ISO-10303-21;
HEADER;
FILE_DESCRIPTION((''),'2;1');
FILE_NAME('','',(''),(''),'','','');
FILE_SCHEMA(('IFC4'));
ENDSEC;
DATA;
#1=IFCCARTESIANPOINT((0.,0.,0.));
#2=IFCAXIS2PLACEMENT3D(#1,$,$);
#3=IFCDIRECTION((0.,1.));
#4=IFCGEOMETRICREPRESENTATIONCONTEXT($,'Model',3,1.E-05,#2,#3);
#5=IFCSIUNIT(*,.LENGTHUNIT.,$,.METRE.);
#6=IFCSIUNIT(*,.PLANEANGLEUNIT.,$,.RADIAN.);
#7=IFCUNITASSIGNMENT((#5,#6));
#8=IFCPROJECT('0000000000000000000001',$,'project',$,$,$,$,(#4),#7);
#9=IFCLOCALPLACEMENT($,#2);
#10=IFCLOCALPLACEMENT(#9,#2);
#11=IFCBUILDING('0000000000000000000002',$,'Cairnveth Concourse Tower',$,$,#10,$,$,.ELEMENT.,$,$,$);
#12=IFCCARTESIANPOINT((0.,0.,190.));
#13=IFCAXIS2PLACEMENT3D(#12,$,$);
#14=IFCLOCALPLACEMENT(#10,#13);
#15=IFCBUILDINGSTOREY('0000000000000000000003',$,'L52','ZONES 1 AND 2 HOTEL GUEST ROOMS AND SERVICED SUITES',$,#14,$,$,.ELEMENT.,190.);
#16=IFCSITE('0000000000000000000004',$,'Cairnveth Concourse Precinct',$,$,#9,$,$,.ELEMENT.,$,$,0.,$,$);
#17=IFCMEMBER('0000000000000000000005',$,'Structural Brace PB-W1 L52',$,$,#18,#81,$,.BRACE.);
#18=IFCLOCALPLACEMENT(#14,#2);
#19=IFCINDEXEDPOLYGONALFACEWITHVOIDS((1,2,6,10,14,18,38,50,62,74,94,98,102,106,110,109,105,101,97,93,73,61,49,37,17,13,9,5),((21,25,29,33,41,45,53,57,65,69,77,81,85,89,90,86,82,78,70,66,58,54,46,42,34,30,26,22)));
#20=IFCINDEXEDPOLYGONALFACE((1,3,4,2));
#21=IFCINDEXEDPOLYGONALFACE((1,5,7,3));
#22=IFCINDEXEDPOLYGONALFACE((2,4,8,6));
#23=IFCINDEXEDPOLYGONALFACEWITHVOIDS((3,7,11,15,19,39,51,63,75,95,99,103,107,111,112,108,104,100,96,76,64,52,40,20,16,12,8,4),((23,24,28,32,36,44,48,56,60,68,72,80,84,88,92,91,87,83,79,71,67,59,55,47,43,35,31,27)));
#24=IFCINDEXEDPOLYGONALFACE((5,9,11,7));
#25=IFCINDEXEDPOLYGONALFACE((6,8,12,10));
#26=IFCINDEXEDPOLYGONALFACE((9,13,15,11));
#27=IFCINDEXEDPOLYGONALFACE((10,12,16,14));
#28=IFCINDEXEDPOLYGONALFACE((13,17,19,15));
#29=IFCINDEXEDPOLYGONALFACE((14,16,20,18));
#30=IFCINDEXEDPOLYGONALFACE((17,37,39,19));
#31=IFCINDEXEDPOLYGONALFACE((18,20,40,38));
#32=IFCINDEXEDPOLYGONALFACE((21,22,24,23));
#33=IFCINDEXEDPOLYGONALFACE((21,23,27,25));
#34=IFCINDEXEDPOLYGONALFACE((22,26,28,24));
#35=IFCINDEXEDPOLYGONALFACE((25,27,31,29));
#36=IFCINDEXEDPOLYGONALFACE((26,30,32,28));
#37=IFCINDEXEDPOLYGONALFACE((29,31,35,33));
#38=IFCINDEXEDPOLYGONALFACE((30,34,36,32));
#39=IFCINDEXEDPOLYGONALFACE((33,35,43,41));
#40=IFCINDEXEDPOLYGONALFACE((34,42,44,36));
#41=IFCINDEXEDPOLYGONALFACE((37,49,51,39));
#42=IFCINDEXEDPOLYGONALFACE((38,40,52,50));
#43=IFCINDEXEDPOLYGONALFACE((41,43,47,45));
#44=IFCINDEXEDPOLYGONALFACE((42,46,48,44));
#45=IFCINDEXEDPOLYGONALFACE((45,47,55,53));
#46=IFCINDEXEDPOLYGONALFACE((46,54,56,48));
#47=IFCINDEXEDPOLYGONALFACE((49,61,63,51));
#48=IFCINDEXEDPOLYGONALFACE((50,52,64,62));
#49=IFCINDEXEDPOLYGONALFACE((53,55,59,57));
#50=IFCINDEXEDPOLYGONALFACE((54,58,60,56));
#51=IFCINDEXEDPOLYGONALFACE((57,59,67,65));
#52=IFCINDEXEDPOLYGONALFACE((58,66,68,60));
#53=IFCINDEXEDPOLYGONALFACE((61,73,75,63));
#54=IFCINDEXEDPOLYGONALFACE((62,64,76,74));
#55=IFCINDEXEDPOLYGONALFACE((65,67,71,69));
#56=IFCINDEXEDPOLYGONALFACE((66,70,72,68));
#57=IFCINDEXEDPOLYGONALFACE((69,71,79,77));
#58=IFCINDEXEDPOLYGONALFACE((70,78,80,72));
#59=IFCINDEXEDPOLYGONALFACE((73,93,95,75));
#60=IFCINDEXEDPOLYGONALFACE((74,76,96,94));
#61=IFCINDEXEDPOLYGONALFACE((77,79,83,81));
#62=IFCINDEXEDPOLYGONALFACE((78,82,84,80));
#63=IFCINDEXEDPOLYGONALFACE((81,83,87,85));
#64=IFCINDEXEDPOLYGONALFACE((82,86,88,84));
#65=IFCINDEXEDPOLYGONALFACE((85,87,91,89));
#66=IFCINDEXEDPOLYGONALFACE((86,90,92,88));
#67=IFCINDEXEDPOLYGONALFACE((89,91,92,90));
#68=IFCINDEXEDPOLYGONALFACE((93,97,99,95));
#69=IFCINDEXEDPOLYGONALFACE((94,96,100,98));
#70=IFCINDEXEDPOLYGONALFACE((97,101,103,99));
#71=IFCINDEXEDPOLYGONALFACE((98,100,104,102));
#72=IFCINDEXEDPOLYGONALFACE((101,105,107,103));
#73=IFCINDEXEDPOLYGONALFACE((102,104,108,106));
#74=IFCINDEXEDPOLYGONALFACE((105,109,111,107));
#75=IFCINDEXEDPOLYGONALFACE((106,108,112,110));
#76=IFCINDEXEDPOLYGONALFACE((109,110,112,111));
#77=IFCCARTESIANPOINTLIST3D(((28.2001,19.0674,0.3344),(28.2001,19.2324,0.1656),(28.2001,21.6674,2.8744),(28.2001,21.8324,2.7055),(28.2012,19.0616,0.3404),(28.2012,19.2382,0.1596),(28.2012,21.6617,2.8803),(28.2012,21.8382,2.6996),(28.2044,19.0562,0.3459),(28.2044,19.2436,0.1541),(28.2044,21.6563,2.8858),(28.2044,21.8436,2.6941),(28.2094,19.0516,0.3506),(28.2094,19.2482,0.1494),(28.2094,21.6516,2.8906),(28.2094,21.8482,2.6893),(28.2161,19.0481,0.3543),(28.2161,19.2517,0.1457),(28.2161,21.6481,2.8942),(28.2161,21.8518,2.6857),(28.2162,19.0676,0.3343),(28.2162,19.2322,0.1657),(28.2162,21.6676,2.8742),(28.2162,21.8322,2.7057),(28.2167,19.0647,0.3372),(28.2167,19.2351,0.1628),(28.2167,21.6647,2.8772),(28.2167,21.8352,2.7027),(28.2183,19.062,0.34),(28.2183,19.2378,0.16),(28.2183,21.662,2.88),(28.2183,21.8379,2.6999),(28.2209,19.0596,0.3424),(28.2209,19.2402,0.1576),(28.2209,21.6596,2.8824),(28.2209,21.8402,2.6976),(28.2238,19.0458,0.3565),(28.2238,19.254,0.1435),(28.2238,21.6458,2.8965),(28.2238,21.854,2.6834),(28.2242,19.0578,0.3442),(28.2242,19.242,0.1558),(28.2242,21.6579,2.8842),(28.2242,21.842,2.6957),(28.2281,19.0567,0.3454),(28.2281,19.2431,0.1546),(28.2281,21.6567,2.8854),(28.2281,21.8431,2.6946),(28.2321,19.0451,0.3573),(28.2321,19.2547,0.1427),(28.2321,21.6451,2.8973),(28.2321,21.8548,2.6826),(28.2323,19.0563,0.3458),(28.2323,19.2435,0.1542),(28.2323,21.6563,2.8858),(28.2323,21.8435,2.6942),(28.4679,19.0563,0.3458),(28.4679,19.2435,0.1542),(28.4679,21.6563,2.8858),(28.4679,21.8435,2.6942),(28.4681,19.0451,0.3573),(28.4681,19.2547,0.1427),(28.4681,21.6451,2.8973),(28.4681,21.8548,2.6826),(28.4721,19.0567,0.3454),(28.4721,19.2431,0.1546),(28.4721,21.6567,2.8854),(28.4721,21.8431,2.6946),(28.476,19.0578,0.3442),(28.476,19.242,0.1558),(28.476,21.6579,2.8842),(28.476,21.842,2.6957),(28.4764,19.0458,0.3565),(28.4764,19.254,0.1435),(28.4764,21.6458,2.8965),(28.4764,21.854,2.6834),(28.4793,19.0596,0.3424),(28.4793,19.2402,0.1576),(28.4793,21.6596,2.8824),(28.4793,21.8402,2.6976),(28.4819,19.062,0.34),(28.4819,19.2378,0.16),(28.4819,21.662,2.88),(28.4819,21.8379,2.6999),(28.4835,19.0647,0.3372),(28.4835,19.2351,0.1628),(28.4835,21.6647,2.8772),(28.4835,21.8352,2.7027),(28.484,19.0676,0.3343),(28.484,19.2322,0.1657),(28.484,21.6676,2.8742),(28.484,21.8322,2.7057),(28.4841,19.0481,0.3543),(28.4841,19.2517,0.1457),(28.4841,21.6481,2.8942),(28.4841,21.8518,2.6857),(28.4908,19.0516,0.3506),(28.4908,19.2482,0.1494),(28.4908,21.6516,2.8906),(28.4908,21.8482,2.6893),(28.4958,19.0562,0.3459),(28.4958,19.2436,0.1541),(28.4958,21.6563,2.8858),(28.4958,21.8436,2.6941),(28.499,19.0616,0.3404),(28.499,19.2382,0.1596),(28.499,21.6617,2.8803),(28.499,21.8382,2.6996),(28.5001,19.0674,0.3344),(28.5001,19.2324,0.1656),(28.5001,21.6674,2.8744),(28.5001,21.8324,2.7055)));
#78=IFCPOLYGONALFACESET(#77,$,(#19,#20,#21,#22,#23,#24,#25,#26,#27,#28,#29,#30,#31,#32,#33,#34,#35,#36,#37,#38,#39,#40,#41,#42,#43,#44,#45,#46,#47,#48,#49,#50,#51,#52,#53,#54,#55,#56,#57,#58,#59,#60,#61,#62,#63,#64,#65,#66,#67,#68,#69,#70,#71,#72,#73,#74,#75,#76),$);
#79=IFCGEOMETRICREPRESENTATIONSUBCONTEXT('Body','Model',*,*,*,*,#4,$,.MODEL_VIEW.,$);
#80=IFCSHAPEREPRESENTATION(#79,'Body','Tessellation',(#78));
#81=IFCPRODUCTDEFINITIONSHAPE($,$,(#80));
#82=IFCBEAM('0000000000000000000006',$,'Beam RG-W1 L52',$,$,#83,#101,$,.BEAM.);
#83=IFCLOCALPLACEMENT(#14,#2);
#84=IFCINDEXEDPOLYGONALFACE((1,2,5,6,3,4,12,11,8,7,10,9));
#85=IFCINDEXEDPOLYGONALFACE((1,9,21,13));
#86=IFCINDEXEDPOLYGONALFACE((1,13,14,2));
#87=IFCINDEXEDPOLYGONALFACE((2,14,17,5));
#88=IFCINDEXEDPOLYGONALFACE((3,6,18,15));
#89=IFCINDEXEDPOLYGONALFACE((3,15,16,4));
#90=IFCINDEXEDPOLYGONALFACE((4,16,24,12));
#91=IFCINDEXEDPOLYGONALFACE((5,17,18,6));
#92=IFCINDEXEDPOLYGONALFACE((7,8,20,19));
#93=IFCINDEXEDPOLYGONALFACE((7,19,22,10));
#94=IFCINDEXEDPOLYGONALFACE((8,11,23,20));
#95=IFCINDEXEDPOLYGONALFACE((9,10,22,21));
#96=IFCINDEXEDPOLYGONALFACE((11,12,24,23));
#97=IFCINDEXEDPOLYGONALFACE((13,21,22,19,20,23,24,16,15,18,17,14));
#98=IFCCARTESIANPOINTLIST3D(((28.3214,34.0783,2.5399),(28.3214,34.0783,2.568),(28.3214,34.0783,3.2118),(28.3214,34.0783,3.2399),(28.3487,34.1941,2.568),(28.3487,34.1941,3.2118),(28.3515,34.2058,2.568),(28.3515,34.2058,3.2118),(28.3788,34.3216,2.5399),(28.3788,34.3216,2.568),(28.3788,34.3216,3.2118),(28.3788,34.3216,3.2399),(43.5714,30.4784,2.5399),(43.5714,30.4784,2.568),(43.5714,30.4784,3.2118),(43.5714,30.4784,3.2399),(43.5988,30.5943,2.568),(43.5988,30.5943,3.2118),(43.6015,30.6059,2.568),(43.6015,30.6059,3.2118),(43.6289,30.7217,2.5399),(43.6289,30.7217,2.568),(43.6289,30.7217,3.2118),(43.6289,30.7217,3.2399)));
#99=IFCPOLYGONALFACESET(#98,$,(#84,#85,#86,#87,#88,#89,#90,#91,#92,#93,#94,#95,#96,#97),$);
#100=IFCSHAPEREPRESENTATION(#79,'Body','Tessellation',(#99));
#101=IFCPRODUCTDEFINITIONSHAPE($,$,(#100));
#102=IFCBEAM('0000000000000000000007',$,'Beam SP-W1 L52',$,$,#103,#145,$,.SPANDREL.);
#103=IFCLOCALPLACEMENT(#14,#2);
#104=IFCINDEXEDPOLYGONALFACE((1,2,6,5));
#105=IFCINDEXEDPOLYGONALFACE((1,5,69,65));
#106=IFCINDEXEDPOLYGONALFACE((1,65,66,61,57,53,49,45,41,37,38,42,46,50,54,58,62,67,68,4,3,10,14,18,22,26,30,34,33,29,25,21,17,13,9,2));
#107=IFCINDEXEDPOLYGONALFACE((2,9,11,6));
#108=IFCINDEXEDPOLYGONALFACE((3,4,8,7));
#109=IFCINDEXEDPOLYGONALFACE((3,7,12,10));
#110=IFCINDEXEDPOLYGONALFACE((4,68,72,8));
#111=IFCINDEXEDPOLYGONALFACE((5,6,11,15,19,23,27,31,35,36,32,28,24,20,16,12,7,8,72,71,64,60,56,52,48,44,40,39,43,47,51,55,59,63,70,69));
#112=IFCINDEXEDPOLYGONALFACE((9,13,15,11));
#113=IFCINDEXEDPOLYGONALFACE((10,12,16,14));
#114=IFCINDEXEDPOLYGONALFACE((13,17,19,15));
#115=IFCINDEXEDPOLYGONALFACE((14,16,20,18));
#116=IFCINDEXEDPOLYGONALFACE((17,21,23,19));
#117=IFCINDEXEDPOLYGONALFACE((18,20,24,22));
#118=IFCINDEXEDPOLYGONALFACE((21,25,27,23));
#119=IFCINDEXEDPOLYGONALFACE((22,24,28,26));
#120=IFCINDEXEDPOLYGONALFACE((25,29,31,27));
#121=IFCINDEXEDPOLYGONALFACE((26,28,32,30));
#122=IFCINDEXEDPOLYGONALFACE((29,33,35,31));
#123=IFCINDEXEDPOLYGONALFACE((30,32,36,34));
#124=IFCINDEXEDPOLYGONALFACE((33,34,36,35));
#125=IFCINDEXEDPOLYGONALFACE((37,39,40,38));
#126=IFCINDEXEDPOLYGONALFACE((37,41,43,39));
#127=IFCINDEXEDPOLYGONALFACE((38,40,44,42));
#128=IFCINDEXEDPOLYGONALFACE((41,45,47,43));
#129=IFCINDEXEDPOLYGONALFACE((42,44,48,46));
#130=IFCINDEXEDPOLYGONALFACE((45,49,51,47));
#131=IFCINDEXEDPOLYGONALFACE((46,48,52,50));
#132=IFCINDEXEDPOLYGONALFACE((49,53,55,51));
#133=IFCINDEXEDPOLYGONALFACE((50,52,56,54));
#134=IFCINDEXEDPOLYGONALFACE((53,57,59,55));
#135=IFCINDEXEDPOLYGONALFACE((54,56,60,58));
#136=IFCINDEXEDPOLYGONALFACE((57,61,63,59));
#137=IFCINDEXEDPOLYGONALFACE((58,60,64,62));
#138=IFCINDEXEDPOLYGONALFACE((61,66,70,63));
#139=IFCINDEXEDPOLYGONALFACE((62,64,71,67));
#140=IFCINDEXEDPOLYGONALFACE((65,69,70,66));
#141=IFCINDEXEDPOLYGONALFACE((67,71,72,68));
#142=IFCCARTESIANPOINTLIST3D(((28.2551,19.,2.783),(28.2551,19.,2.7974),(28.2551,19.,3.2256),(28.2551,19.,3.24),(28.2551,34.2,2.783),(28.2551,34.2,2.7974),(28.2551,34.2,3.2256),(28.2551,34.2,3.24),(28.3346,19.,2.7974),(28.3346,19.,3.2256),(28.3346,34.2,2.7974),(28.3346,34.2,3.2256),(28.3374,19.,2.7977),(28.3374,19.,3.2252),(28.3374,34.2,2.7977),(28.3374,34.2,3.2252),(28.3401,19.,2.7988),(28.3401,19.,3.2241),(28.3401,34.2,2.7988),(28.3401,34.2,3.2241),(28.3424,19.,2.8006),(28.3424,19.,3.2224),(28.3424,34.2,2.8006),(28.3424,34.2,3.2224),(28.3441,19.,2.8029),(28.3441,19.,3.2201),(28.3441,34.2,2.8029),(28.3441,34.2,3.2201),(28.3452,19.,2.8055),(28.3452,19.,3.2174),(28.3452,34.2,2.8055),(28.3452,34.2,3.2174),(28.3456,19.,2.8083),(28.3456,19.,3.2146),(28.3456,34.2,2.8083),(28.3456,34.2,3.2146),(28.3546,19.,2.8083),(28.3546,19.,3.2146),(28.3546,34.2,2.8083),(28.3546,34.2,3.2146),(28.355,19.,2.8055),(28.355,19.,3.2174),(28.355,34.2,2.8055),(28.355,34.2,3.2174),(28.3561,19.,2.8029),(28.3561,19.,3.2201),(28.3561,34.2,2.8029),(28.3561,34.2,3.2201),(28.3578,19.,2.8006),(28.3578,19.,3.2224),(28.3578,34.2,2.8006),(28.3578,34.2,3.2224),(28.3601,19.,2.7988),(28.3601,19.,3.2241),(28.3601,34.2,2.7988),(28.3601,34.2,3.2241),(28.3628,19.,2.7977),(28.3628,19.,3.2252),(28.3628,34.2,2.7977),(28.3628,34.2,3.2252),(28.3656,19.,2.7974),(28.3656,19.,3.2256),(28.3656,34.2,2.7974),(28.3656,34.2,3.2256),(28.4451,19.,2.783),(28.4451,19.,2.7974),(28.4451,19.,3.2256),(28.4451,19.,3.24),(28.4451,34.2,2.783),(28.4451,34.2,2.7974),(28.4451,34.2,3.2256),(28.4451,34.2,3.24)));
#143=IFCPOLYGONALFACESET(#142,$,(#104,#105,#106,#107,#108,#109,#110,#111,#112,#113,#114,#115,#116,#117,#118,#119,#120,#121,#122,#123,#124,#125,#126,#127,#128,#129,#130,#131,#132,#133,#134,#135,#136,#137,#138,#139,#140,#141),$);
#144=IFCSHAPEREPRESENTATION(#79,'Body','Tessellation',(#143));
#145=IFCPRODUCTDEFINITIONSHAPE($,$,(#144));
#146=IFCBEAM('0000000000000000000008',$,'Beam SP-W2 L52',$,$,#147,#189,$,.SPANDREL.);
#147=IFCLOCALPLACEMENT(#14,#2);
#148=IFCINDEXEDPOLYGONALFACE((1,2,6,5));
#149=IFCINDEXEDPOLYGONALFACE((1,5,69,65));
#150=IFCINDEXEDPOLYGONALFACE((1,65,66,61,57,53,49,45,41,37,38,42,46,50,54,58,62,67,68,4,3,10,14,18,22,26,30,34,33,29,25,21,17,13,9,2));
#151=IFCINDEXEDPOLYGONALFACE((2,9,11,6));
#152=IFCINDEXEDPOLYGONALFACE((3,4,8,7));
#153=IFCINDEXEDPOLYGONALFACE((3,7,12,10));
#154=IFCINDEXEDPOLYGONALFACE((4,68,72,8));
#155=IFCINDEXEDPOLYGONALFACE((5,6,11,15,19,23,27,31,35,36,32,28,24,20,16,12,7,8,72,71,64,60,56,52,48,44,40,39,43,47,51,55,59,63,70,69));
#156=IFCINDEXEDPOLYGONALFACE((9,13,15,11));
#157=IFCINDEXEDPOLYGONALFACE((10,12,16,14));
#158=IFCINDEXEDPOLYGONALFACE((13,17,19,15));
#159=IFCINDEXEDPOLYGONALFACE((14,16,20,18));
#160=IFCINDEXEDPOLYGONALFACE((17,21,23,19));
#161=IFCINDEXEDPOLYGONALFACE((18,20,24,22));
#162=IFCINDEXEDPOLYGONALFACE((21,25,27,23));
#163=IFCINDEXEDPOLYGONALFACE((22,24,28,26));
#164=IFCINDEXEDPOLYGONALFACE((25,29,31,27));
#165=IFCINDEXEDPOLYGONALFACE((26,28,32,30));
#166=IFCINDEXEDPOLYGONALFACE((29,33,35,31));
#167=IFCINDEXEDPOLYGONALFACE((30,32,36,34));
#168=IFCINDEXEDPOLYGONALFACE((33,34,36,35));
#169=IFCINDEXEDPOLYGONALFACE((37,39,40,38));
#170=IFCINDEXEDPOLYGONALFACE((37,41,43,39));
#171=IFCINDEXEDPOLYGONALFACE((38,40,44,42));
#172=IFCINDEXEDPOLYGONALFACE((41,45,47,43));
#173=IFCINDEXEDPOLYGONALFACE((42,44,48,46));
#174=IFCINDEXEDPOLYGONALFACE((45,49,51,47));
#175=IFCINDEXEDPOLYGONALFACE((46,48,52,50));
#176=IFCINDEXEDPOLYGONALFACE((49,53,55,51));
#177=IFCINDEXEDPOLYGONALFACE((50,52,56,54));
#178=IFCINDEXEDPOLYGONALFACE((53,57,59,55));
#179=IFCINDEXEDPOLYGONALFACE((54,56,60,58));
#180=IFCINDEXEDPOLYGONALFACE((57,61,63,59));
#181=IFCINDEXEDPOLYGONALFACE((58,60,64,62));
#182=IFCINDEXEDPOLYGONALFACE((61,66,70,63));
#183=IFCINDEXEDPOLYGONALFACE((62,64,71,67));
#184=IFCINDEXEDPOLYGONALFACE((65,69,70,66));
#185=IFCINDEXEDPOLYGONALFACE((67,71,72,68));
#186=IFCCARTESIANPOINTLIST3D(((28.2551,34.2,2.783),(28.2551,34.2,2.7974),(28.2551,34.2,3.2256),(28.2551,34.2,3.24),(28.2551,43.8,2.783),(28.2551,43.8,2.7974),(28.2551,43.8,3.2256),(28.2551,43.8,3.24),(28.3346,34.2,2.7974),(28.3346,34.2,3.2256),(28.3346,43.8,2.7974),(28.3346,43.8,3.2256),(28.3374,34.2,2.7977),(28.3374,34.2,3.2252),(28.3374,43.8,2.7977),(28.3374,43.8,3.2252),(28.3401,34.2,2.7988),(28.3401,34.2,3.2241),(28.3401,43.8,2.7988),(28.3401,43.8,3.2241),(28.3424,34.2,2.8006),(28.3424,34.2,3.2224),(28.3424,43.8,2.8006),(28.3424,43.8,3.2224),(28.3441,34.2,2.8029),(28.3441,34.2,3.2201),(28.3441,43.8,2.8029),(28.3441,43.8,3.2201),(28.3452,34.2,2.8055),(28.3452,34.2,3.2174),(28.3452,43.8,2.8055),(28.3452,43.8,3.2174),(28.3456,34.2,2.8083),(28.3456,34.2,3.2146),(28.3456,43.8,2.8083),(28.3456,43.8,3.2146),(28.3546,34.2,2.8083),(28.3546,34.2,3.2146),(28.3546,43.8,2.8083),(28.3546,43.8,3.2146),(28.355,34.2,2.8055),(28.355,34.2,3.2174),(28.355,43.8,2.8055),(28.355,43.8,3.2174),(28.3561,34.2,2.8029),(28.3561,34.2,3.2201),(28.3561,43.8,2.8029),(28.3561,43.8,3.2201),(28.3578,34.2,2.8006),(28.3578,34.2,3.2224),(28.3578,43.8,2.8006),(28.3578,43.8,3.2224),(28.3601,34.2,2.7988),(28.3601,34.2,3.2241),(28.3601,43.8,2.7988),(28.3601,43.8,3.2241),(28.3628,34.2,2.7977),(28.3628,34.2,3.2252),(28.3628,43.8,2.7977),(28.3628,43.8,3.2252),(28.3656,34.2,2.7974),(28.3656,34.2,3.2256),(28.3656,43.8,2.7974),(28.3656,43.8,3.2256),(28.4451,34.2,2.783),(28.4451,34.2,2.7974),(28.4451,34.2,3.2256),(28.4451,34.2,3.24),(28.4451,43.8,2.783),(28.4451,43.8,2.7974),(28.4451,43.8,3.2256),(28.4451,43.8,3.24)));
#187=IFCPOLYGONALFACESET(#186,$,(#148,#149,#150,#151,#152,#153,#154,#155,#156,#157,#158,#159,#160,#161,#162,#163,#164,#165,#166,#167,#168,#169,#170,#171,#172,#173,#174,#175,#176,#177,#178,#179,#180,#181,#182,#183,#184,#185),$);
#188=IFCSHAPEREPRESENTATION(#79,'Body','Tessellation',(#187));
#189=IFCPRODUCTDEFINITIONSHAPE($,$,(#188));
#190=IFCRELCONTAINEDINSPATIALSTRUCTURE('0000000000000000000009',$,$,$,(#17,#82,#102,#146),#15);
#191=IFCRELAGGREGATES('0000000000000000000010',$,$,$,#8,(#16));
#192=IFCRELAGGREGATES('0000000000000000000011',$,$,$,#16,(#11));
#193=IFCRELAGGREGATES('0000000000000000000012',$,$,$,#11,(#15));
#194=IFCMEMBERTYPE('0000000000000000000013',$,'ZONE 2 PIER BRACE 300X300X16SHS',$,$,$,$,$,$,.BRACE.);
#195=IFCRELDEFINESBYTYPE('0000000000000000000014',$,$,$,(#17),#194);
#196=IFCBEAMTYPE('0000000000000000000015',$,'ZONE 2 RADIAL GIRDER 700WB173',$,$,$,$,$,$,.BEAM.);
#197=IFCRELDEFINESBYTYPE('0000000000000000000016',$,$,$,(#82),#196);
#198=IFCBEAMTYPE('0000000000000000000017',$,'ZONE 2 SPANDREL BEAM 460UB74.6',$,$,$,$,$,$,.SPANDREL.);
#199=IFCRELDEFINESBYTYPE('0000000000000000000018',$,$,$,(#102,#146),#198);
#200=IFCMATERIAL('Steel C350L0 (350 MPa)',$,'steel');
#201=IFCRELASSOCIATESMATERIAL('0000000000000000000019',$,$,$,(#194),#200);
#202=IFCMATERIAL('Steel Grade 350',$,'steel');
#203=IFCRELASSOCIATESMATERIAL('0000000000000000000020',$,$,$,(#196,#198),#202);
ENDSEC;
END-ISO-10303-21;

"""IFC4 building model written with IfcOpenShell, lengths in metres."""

from ifc_helpers import new_model, si_unit, direction, frame, origin, origin_2d, place, context, subcontext, project, spatial, hollow_rectangle, i_section, extrude, material, material_profile, profile_set, type_object, element, save


model = new_model("IFC4")

# Units and contexts
model_context = context("Model", 3, precision=1e-05, world=origin(), true_north=direction((0.0, 1.0)))
body_context = subcontext(model_context, "Body", "Model", "MODEL_VIEW")
ifc_project = project(units=[si_unit("LENGTHUNIT", "METRE"), si_unit("PLANEANGLEUNIT", "RADIAN")], contexts=[model_context])

# Site, building, storey
site_placement = place(None, origin())
site = spatial("IfcSite", under=ifc_project, at=site_placement, Name="Cairnveth Concourse Precinct", CompositionType="ELEMENT", RefElevation=0.0)
building_placement = place(site_placement, origin())
building = spatial("IfcBuilding", under=site, at=building_placement, Name="Cairnveth Concourse Tower", CompositionType="ELEMENT")
storey_placement = place(building_placement, frame((0.0, 0.0, 190.0)))
storey = spatial("IfcBuildingStorey", under=building, at=storey_placement, Name="L52", Description="ZONES 1 AND 2 HOTEL GUEST ROOMS AND SERVICED SUITES", CompositionType="ELEMENT", Elevation=190.0)

# Shared definitions
ifc_material_1 = material(Name="Steel Grade 350", Category="steel")

# Member
ifc_material_2 = material(Name="Steel C350L0 (350 MPa)", Category="steel")
ifc_material_profile_1 = material_profile(ifc_material_2, hollow_rectangle(XDim=0.3, YDim=0.3, WallThickness=0.0161, InnerFilletRadius=0.0161, OuterFilletRadius=0.032, at=origin_2d()), Name="300x300x16.0SHS")
ifc_profile_set_1 = profile_set([ifc_material_profile_1], Name="Steel C350L0 (350 MPa)")
member_type = type_object("IfcMemberType", Name="ZONE 2 PIER BRACE 300X300X16SHS", PredefinedType="BRACE", material=ifc_profile_set_1)
member_placement = place(storey_placement, frame((28.3501, 19.1499, 0.25), z_axis=(0.0, 0.71532, 0.698797), x_axis=(-1.0, 0.0, 0.0)))
element("IfcMember", 1, at=member_placement, inside=storey, type_object=member_type, Name="Structural Brace PB-W1 L52", PredefinedType="BRACE", context=body_context, shape_type="SweptSolid", body=[
    extrude(hollow_rectangle(XDim=0.3, YDim=0.3, WallThickness=0.0161, InnerFilletRadius=0.0161, OuterFilletRadius=0.032, at=origin_2d()), origin(), (0.0, 0.0, 1.0), 3.6348),
])

# Beams
ifc_material_profile_2 = material_profile(ifc_material_1, i_section(OverallWidth=0.25, OverallDepth=0.7, WebThickness=0.012, FlangeThickness=0.0281, at=origin_2d()), Name="700WB173")
ifc_profile_set_2 = profile_set([ifc_material_profile_2], Name="Steel Grade 350")
beam_type_1 = type_object("IfcBeamType", Name="ZONE 2 RADIAL GIRDER 700WB173", PredefinedType="BEAM", material=ifc_profile_set_2)
beam_1_placement = place(storey_placement, frame((28.3501, 34.2, 2.8899), z_axis=(0.973252, -0.229742, 0.0), x_axis=(0.229742, 0.973252, 0.0)))
element("IfcBeam", 2, at=beam_1_placement, inside=storey, type_object=beam_type_1, Name="Beam RG-W1 L52", PredefinedType="BEAM", context=body_context, shape_type="SweptSolid", body=[
    extrude(i_section(OverallWidth=0.25, OverallDepth=0.7, WebThickness=0.012, FlangeThickness=0.0281, at=origin_2d()), origin(), (0.0, 0.0, 1.0), 15.6692),
])
ifc_material_profile_3 = material_profile(ifc_material_1, i_section(OverallWidth=0.1899, OverallDepth=0.457, WebThickness=0.009, FlangeThickness=0.0144, FilletRadius=0.011, at=origin_2d()), Name="460UB74.6")
ifc_profile_set_3 = profile_set([ifc_material_profile_3], Name="Steel Grade 350")
beam_type_2 = type_object("IfcBeamType", Name="ZONE 2 SPANDREL BEAM 460UB74.6", PredefinedType="SPANDREL", material=ifc_profile_set_3)
beam_2_placement = place(storey_placement, frame((28.3501, 19.0, 3.0115), z_axis=(0.0, 1.0, 0.0), x_axis=(-1.0, 0.0, 0.0)))
element("IfcBeam", 3, at=beam_2_placement, inside=storey, type_object=beam_type_2, Name="Beam SP-W1 L52", PredefinedType="SPANDREL", context=body_context, shape_type="SweptSolid", body=[
    extrude(i_section(OverallWidth=0.1899, OverallDepth=0.457, WebThickness=0.009, FlangeThickness=0.0144, FilletRadius=0.011, at=origin_2d()), origin(), (0.0, 0.0, 1.0), 15.2),
])
beam_3_placement = place(storey_placement, frame((28.3501, 34.2, 3.0115), z_axis=(0.0, 1.0, 0.0), x_axis=(-1.0, 0.0, 0.0)))
element("IfcBeam", 4, at=beam_3_placement, inside=storey, type_object=beam_type_2, Name="Beam SP-W2 L52", PredefinedType="SPANDREL", context=body_context, shape_type="SweptSolid", body=[
    extrude(i_section(OverallWidth=0.1899, OverallDepth=0.457, WebThickness=0.009, FlangeThickness=0.0144, FilletRadius=0.011, at=origin_2d()), origin(), (0.0, 0.0, 1.0), 9.6001),
])

save(model, "model.ifc")
